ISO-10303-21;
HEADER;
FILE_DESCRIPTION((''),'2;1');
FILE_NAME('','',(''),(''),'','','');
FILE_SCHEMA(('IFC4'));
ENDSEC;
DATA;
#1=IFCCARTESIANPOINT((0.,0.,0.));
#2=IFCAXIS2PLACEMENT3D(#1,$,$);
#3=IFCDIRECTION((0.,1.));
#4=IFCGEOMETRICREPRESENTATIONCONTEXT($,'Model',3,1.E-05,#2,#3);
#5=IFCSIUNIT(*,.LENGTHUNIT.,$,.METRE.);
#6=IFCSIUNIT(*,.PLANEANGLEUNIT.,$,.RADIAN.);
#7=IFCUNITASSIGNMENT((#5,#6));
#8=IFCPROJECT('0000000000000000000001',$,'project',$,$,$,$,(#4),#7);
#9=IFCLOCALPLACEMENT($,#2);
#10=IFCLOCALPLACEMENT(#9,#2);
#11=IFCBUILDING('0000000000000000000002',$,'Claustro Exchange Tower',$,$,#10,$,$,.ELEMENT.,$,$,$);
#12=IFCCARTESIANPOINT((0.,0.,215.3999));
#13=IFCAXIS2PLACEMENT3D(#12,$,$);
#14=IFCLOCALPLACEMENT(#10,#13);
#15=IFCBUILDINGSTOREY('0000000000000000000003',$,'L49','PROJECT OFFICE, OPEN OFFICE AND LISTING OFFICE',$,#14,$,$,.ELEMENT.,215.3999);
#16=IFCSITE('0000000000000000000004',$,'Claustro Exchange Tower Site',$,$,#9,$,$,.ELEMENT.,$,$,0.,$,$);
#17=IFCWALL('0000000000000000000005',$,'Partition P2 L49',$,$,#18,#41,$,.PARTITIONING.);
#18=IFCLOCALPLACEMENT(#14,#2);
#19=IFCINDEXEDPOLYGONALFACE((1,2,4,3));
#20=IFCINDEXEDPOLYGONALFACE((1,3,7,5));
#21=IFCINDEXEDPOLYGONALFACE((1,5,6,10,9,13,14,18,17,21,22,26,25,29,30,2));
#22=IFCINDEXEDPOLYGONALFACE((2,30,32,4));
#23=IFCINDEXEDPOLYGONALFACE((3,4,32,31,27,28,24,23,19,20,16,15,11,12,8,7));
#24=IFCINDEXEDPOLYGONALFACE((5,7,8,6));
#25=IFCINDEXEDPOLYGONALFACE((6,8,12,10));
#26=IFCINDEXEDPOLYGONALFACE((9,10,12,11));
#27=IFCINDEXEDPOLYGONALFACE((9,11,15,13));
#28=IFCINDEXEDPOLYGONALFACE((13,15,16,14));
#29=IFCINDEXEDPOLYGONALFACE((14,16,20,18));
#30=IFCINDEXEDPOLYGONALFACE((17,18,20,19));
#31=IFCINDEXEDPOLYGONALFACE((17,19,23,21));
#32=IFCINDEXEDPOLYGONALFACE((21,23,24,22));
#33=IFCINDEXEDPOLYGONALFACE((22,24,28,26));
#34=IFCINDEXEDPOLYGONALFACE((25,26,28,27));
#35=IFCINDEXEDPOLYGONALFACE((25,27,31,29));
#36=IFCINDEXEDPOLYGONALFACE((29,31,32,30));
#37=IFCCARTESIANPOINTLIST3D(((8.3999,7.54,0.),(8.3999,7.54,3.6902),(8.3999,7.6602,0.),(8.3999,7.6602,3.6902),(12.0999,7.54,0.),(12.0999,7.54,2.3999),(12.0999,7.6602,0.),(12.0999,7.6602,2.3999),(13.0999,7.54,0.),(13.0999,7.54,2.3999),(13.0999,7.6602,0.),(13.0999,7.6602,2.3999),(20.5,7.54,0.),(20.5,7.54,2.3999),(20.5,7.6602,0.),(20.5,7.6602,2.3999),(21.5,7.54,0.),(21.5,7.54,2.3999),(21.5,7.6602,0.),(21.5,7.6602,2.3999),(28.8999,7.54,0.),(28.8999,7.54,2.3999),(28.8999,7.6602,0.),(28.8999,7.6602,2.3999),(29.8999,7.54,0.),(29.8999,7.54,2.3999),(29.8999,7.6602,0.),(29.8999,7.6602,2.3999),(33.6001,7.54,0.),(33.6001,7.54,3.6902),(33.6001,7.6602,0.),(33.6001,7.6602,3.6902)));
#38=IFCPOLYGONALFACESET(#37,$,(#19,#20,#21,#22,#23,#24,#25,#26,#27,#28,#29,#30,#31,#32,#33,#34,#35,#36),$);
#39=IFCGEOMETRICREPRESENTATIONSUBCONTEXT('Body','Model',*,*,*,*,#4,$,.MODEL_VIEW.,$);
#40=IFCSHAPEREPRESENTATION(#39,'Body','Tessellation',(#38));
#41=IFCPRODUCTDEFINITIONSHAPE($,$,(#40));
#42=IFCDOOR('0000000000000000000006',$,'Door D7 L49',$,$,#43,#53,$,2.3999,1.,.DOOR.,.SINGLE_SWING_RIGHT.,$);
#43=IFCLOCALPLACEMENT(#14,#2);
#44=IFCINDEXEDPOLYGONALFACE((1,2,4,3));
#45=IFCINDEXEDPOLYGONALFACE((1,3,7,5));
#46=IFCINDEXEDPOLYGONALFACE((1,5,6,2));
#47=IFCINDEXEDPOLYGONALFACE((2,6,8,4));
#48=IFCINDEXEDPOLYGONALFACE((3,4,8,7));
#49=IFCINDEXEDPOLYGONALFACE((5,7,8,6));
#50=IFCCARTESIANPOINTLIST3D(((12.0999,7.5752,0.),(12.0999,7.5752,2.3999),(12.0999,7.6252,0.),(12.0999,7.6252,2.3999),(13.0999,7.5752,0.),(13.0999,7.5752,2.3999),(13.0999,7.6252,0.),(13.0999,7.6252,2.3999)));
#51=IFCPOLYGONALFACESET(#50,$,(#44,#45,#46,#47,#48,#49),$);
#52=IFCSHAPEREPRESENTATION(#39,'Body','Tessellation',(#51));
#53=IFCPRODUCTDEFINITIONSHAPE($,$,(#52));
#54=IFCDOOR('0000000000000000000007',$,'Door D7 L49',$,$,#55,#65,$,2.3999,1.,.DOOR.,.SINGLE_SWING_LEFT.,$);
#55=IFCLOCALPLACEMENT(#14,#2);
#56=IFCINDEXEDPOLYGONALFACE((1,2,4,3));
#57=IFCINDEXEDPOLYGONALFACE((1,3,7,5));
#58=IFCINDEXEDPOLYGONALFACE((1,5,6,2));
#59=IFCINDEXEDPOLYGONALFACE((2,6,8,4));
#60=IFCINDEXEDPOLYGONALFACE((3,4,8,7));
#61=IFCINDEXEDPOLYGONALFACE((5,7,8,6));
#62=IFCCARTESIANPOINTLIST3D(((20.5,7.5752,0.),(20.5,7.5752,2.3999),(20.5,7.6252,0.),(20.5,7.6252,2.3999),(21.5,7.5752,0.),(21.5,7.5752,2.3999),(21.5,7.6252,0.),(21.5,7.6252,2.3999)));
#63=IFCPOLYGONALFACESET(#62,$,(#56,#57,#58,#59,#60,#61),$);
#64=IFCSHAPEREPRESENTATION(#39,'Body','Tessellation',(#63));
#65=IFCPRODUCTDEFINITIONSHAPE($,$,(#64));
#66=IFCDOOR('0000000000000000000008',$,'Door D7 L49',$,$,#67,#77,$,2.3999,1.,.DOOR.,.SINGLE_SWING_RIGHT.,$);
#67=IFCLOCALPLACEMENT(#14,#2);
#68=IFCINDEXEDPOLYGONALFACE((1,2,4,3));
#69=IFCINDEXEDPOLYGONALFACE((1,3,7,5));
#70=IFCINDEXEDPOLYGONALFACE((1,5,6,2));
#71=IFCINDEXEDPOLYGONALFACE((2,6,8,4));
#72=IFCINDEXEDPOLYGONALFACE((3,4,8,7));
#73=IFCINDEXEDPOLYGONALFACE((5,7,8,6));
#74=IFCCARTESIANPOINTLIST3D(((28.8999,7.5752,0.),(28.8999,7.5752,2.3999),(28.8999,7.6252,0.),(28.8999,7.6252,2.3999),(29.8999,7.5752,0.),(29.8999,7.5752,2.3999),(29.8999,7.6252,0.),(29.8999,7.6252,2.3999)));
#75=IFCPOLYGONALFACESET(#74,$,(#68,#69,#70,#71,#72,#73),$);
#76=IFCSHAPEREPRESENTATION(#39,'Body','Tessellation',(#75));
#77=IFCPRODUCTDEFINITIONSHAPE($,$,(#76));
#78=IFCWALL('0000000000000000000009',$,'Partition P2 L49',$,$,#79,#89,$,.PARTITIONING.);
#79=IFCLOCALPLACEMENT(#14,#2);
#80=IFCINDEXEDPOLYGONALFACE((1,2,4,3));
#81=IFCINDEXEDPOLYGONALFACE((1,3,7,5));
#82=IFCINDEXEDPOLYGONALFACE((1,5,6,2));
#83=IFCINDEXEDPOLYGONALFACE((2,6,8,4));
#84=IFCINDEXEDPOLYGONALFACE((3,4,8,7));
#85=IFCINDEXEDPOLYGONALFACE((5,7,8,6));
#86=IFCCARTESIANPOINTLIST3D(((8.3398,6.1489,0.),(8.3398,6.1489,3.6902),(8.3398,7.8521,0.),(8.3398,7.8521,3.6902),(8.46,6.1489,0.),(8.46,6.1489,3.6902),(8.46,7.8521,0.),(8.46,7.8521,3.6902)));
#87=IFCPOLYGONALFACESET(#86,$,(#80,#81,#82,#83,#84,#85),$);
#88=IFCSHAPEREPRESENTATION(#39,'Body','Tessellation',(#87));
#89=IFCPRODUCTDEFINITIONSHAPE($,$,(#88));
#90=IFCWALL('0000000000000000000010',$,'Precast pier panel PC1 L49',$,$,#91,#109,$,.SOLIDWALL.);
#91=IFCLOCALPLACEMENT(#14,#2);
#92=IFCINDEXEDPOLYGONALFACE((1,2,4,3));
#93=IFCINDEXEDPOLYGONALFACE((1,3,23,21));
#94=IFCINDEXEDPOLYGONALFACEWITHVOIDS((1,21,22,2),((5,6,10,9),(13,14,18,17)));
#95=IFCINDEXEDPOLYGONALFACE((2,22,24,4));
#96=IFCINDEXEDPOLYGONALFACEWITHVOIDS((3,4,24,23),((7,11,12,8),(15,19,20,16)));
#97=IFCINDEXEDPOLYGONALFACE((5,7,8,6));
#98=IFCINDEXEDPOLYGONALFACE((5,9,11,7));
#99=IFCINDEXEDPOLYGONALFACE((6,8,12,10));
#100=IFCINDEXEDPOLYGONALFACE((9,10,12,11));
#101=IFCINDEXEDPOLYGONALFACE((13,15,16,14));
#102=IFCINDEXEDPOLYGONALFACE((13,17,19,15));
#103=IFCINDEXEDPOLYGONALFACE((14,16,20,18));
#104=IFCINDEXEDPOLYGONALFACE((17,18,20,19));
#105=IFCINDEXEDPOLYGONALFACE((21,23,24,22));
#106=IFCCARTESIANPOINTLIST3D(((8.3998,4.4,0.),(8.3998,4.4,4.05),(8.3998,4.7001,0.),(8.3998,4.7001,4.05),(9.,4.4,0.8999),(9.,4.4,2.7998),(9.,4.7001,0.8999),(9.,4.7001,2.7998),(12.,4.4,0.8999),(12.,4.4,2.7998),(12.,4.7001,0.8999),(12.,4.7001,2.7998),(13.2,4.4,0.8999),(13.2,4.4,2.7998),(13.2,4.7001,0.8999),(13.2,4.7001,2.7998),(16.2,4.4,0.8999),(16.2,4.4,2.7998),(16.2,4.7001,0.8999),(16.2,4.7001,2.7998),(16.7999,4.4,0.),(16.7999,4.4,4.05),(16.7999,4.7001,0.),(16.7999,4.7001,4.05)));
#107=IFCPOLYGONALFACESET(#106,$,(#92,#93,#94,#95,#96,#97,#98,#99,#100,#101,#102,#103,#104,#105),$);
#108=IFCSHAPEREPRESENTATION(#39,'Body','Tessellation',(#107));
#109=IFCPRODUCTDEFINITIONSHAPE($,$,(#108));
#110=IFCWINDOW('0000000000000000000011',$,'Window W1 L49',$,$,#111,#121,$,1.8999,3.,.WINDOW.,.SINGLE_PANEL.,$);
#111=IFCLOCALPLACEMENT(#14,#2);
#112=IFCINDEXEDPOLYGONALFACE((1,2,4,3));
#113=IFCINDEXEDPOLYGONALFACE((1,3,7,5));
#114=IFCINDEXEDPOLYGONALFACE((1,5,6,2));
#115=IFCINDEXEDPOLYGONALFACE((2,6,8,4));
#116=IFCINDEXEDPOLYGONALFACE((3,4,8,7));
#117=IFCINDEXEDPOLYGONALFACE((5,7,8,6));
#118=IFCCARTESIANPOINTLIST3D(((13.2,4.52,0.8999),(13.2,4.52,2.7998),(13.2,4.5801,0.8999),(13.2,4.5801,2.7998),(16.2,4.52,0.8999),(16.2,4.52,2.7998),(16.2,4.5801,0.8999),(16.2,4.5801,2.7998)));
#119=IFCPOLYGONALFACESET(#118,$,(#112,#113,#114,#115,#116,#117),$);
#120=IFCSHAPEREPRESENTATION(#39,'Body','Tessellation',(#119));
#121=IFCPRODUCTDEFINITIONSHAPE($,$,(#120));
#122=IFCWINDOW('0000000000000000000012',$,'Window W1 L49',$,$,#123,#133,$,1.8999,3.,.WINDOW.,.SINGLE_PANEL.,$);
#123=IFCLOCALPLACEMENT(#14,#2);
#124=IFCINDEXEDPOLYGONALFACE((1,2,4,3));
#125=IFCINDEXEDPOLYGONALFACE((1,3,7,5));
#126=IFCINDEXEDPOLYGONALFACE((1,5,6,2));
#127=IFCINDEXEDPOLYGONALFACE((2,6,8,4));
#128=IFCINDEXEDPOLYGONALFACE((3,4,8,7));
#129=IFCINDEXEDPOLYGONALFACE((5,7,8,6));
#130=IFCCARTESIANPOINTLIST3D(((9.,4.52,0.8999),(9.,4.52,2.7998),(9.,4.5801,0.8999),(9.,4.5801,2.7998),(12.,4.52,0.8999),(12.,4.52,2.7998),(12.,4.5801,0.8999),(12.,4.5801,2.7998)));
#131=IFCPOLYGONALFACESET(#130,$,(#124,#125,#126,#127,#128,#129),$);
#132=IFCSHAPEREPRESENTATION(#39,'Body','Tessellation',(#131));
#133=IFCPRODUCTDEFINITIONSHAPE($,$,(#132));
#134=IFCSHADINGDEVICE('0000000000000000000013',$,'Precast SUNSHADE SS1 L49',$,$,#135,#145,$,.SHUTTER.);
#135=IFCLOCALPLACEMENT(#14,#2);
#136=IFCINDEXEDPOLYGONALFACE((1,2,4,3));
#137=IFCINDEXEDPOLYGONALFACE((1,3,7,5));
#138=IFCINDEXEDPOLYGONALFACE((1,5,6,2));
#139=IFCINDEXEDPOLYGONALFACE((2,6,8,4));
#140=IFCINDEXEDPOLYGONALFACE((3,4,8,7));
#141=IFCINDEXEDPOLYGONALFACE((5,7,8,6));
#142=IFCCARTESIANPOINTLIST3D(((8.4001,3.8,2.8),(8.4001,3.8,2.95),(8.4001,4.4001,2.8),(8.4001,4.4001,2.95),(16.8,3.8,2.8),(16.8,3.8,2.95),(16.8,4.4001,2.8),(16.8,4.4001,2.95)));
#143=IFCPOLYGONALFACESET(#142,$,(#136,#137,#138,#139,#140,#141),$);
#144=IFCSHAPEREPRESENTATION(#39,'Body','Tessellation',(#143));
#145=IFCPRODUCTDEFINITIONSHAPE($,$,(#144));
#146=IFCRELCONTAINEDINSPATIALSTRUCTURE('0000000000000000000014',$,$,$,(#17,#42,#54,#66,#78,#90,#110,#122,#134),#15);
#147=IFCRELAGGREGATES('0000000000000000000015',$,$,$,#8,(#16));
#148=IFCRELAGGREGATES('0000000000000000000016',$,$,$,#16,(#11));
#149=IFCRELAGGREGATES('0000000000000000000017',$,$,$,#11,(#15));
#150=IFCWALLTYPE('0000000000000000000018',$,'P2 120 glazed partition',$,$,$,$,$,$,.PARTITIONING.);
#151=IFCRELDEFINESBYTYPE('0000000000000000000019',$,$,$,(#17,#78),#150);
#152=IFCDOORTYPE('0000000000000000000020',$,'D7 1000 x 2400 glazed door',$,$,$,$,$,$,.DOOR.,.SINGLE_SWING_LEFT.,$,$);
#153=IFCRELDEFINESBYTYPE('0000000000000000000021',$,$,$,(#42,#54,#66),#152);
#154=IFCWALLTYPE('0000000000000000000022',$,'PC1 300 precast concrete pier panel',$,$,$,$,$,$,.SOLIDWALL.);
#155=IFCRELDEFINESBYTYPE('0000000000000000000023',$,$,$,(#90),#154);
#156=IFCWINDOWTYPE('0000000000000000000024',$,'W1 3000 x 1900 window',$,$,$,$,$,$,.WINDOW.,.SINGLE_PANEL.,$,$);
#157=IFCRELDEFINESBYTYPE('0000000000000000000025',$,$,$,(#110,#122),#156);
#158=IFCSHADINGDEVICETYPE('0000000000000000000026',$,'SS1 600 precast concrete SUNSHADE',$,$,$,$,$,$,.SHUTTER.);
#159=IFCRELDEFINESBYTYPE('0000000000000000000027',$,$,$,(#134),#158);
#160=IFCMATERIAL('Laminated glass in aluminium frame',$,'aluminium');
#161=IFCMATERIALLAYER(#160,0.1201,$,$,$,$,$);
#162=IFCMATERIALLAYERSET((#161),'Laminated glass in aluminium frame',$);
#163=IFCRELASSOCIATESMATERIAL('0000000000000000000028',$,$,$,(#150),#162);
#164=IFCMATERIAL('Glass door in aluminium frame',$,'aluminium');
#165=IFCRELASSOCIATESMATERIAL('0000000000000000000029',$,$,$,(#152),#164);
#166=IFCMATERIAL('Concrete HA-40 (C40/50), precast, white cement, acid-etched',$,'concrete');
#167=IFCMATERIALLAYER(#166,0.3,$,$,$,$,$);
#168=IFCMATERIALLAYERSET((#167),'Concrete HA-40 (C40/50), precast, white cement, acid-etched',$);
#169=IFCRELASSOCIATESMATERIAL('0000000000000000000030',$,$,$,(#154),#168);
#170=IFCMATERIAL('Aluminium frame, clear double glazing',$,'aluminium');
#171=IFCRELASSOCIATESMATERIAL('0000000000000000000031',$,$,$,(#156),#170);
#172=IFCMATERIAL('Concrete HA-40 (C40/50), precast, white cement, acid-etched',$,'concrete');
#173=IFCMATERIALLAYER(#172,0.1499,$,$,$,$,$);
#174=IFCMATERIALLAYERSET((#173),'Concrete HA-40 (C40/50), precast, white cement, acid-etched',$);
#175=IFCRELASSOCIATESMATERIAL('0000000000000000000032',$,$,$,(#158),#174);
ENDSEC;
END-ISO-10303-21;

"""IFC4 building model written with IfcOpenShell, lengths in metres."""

from ifc_helpers import new_model, si_unit, direction, frame, frame_2d, origin, origin_2d, place, context, subcontext, project, spatial, rectangle, extrude, material, layer, layer_set, type_object, element, fill, save


model = new_model("IFC4")

# Units and contexts
model_context = context("Model", 3, precision=1e-05, world=origin(), true_north=direction((0.0, 1.0)))
body_context = subcontext(model_context, "Body", "Model", "MODEL_VIEW")
ifc_project = project(units=[si_unit("LENGTHUNIT", "METRE"), si_unit("PLANEANGLEUNIT", "RADIAN")], contexts=[model_context])

# Site, building, storey
site_placement = place(None, origin())
site = spatial("IfcSite", under=ifc_project, at=site_placement, Name="Claustro Exchange Tower Site", CompositionType="ELEMENT", RefElevation=0.0)
building_placement = place(site_placement, origin())
building = spatial("IfcBuilding", under=site, at=building_placement, Name="Claustro Exchange Tower", CompositionType="ELEMENT")
storey_placement = place(building_placement, frame((0.0, 0.0, 215.3999)))
storey = spatial("IfcBuildingStorey", under=building, at=storey_placement, Name="L49", Description="PROJECT OFFICE, OPEN OFFICE AND LISTING OFFICE", CompositionType="ELEMENT", Elevation=215.3999)

# Wall, openings, doors
ifc_material_1 = material(Name="Laminated glass in aluminium frame", Category="aluminium")
ifc_layer_1 = layer(ifc_material_1, 0.1201)
ifc_layer_set_1 = layer_set([ifc_layer_1], Name="Laminated glass in aluminium frame")
wall_type_1 = type_object("IfcWallType", Name="P2 120 glazed partition", PredefinedType="PARTITIONING", material=ifc_layer_set_1)
wall_1_placement = place(storey_placement, frame((8.3999, 7.6001, 0.0), z_axis=(0.0, 0.0, 1.0), x_axis=(1.0, 0.0, 0.0)))
wall_1 = element("IfcWall", 1, at=wall_1_placement, inside=storey, type_object=wall_type_1, Name="Partition P2 L49", PredefinedType="PARTITIONING", context=body_context, shape_type="SweptSolid", body=[
    extrude(rectangle(XDim=25.2002, YDim=0.1201, at=frame_2d((12.6001, 0.0))), origin(), (0.0, 0.0, 1.0), 3.6902),
])
opening_1_placement = place(wall_1_placement, frame((3.7, 0.0, 0.0)))
opening_1 = element("IfcOpeningElement", 2, at=opening_1_placement, cuts=wall_1, PredefinedType="OPENING", context=body_context, shape_type="SweptSolid", body=[
    extrude(rectangle(XDim=1.0, YDim=2.3999, at=frame_2d((0.5, 1.2))), frame((0.0, 0.0701, 0.0), z_axis=(0.0, -1.0, 0.0), x_axis=(1.0, 0.0, 0.0)), (0.0, 0.0, 1.0), 0.1401),
])
opening_2_placement = place(wall_1_placement, frame((12.1001, 0.0, 0.0)))
opening_2 = element("IfcOpeningElement", 3, at=opening_2_placement, cuts=wall_1, PredefinedType="OPENING", context=body_context, shape_type="SweptSolid", body=[
    extrude(rectangle(XDim=1.0, YDim=2.3999, at=frame_2d((0.5, 1.2))), frame((0.0, 0.0701, 0.0), z_axis=(0.0, -1.0, 0.0), x_axis=(1.0, 0.0, 0.0)), (0.0, 0.0, 1.0), 0.1401),
])
opening_3_placement = place(wall_1_placement, frame((20.5, 0.0, 0.0)))
opening_3 = element("IfcOpeningElement", 4, at=opening_3_placement, cuts=wall_1, PredefinedType="OPENING", context=body_context, shape_type="SweptSolid", body=[
    extrude(rectangle(XDim=1.0, YDim=2.3999, at=frame_2d((0.5, 1.2))), frame((0.0, 0.0701, 0.0), z_axis=(0.0, -1.0, 0.0), x_axis=(1.0, 0.0, 0.0)), (0.0, 0.0, 1.0), 0.1401),
])
ifc_material_2 = material(Name="Glass door in aluminium frame", Category="aluminium")
door_type = type_object("IfcDoorType", Name="D7 1000 x 2400 glazed door", OperationType="SINGLE_SWING_LEFT", PredefinedType="DOOR", material=ifc_material_2)
door_1_placement = place(opening_1_placement, frame((1.0, 0.0, 0.0), z_axis=(0.0, 0.0, 1.0), x_axis=(-1.0, 0.0, 0.0)))
door_1 = element("IfcDoor", 5, at=door_1_placement, inside=storey, type_object=door_type, Name="Door D7 L49", OperationType="SINGLE_SWING_RIGHT", OverallHeight=2.3999, OverallWidth=1.0, PredefinedType="DOOR", context=body_context, shape_type="SweptSolid", body=[
    extrude(rectangle(XDim=1.0, YDim=2.3999, at=frame_2d((0.5, 1.2))), frame((0.0, 0.0249, 0.0), z_axis=(0.0, -1.0, 0.0), x_axis=(1.0, 0.0, 0.0)), (0.0, 0.0, 1.0), 0.05),
])
fill(opening_1, door_1)
door_2_placement = place(opening_2_placement, frame((1.0, 0.0, 0.0), z_axis=(0.0, 0.0, 1.0), x_axis=(-1.0, 0.0, 0.0)))
door_2 = element("IfcDoor", 6, at=door_2_placement, inside=storey, type_object=door_type, Name="Door D7 L49", OperationType="SINGLE_SWING_LEFT", OverallHeight=2.3999, OverallWidth=1.0, PredefinedType="DOOR", context=body_context, shape_type="SweptSolid", body=[
    extrude(rectangle(XDim=1.0, YDim=2.3999, at=frame_2d((0.5, 1.2))), frame((0.0, 0.0249, 0.0), z_axis=(0.0, -1.0, 0.0), x_axis=(1.0, 0.0, 0.0)), (0.0, 0.0, 1.0), 0.05),
])
fill(opening_2, door_2)
door_3_placement = place(opening_3_placement, frame((1.0, 0.0, 0.0), z_axis=(0.0, 0.0, 1.0), x_axis=(-1.0, 0.0, 0.0)))
door_3 = element("IfcDoor", 7, at=door_3_placement, inside=storey, type_object=door_type, Name="Door D7 L49", OperationType="SINGLE_SWING_RIGHT", OverallHeight=2.3999, OverallWidth=1.0, PredefinedType="DOOR", context=body_context, shape_type="SweptSolid", body=[
    extrude(rectangle(XDim=1.0, YDim=2.3999, at=frame_2d((0.5, 1.2))), frame((0.0, 0.0249, 0.0), z_axis=(0.0, -1.0, 0.0), x_axis=(1.0, 0.0, 0.0)), (0.0, 0.0, 1.0), 0.05),
])
fill(opening_3, door_3)

# Wall
wall_2_placement = place(storey_placement, frame((8.3999, 6.1489, 0.0), z_axis=(0.0, 0.0, 1.0), x_axis=(0.0, 1.0, 0.0)))
element("IfcWall", 8, at=wall_2_placement, inside=storey, type_object=wall_type_1, Name="Partition P2 L49", PredefinedType="PARTITIONING", context=body_context, shape_type="SweptSolid", body=[
    extrude(rectangle(XDim=1.7031, YDim=0.1201, at=frame_2d((0.8516, 0.0))), origin(), (0.0, 0.0, 1.0), 3.6902),
])

# Wall, openings, windows
ifc_material_3 = material(Name="Concrete HA-40 (C40/50), precast, white cement, acid-etched", Category="concrete")
ifc_layer_2 = layer(ifc_material_3, 0.3)
ifc_layer_set_2 = layer_set([ifc_layer_2], Name="Concrete HA-40 (C40/50), precast, white cement, acid-etched")
wall_type_2 = type_object("IfcWallType", Name="PC1 300 precast concrete pier panel", PredefinedType="SOLIDWALL", material=ifc_layer_set_2)
wall_3_placement = place(storey_placement, frame((16.8, 4.55, 0.0), z_axis=(0.0, 0.0, 1.0), x_axis=(-1.0, 0.0, 0.0)))
wall_3 = element("IfcWall", 9, at=wall_3_placement, inside=storey, type_object=wall_type_2, Name="Precast pier panel PC1 L49", PredefinedType="SOLIDWALL", context=body_context, shape_type="SweptSolid", body=[
    extrude(rectangle(XDim=8.4001, YDim=0.3, at=frame_2d((4.2002, 0.0))), origin(), (0.0, 0.0, 1.0), 4.05),
])
opening_4_placement = place(wall_3_placement, frame((0.6001, 0.0, 0.8999)))
opening_4 = element("IfcOpeningElement", 10, at=opening_4_placement, cuts=wall_3, PredefinedType="OPENING", context=body_context, shape_type="SweptSolid", body=[
    extrude(rectangle(XDim=3.0, YDim=1.8999, at=frame_2d((1.5, 0.95))), frame((0.0, 0.1599, 0.0), z_axis=(0.0, -1.0, 0.0), x_axis=(1.0, 0.0, 0.0)), (0.0, 0.0, 1.0), 0.3201),
])
opening_5_placement = place(wall_3_placement, frame((4.8, 0.0, 0.8999)))
opening_5 = element("IfcOpeningElement", 11, at=opening_5_placement, cuts=wall_3, PredefinedType="OPENING", context=body_context, shape_type="SweptSolid", body=[
    extrude(rectangle(XDim=3.0, YDim=1.8999, at=frame_2d((1.5, 0.95))), frame((0.0, 0.1599, 0.0), z_axis=(0.0, -1.0, 0.0), x_axis=(1.0, 0.0, 0.0)), (0.0, 0.0, 1.0), 0.3201),
])
ifc_material_4 = material(Name="Aluminium frame, clear double glazing", Category="aluminium")
window_type = type_object("IfcWindowType", Name="W1 3000 x 1900 window", PartitioningType="SINGLE_PANEL", PredefinedType="WINDOW", material=ifc_material_4)
window_1_placement = place(opening_4_placement, origin())
window_1 = element("IfcWindow", 12, at=window_1_placement, inside=storey, type_object=window_type, Name="Window W1 L49", OverallHeight=1.8999, OverallWidth=3.0, PartitioningType="SINGLE_PANEL", PredefinedType="WINDOW", context=body_context, shape_type="SweptSolid", body=[
    extrude(rectangle(XDim=3.0, YDim=1.8999, at=frame_2d((1.5, 0.95))), frame((0.0, 0.03, 0.0), z_axis=(0.0, -1.0, 0.0), x_axis=(1.0, 0.0, 0.0)), (0.0, 0.0, 1.0), 0.0601),
])
fill(opening_4, window_1)
window_2_placement = place(opening_5_placement, origin())
window_2 = element("IfcWindow", 13, at=window_2_placement, inside=storey, type_object=window_type, Name="Window W1 L49", OverallHeight=1.8999, OverallWidth=3.0, PartitioningType="SINGLE_PANEL", PredefinedType="WINDOW", context=body_context, shape_type="SweptSolid", body=[
    extrude(rectangle(XDim=3.0, YDim=1.8999, at=frame_2d((1.5, 0.95))), frame((0.0, 0.03, 0.0), z_axis=(0.0, -1.0, 0.0), x_axis=(1.0, 0.0, 0.0)), (0.0, 0.0, 1.0), 0.0601),
])
fill(opening_5, window_2)

# Shading device
ifc_material_5 = material(Name="Concrete HA-40 (C40/50), precast, white cement, acid-etched", Category="concrete")
ifc_layer_3 = layer(ifc_material_5, 0.1499)
ifc_layer_set_3 = layer_set([ifc_layer_3], Name="Concrete HA-40 (C40/50), precast, white cement, acid-etched")
shading_device_type = type_object("IfcShadingDeviceType", Name="SS1 600 precast concrete SUNSHADE", PredefinedType="SHUTTER", material=ifc_layer_set_3)
shading_device_placement = place(storey_placement, frame((12.6001, 4.1001, 2.8), z_axis=(0.0, 0.0, 1.0), x_axis=(-1.0, 0.0, 0.0)))
element("IfcShadingDevice", 14, at=shading_device_placement, inside=storey, type_object=shading_device_type, Name="Precast SUNSHADE SS1 L49", PredefinedType="SHUTTER", context=body_context, shape_type="SweptSolid", body=[
    extrude(rectangle(XDim=8.3999, YDim=0.6001, at=origin_2d()), origin(), (0.0, 0.0, 1.0), 0.1499),
])

save(model, "model.ifc")
